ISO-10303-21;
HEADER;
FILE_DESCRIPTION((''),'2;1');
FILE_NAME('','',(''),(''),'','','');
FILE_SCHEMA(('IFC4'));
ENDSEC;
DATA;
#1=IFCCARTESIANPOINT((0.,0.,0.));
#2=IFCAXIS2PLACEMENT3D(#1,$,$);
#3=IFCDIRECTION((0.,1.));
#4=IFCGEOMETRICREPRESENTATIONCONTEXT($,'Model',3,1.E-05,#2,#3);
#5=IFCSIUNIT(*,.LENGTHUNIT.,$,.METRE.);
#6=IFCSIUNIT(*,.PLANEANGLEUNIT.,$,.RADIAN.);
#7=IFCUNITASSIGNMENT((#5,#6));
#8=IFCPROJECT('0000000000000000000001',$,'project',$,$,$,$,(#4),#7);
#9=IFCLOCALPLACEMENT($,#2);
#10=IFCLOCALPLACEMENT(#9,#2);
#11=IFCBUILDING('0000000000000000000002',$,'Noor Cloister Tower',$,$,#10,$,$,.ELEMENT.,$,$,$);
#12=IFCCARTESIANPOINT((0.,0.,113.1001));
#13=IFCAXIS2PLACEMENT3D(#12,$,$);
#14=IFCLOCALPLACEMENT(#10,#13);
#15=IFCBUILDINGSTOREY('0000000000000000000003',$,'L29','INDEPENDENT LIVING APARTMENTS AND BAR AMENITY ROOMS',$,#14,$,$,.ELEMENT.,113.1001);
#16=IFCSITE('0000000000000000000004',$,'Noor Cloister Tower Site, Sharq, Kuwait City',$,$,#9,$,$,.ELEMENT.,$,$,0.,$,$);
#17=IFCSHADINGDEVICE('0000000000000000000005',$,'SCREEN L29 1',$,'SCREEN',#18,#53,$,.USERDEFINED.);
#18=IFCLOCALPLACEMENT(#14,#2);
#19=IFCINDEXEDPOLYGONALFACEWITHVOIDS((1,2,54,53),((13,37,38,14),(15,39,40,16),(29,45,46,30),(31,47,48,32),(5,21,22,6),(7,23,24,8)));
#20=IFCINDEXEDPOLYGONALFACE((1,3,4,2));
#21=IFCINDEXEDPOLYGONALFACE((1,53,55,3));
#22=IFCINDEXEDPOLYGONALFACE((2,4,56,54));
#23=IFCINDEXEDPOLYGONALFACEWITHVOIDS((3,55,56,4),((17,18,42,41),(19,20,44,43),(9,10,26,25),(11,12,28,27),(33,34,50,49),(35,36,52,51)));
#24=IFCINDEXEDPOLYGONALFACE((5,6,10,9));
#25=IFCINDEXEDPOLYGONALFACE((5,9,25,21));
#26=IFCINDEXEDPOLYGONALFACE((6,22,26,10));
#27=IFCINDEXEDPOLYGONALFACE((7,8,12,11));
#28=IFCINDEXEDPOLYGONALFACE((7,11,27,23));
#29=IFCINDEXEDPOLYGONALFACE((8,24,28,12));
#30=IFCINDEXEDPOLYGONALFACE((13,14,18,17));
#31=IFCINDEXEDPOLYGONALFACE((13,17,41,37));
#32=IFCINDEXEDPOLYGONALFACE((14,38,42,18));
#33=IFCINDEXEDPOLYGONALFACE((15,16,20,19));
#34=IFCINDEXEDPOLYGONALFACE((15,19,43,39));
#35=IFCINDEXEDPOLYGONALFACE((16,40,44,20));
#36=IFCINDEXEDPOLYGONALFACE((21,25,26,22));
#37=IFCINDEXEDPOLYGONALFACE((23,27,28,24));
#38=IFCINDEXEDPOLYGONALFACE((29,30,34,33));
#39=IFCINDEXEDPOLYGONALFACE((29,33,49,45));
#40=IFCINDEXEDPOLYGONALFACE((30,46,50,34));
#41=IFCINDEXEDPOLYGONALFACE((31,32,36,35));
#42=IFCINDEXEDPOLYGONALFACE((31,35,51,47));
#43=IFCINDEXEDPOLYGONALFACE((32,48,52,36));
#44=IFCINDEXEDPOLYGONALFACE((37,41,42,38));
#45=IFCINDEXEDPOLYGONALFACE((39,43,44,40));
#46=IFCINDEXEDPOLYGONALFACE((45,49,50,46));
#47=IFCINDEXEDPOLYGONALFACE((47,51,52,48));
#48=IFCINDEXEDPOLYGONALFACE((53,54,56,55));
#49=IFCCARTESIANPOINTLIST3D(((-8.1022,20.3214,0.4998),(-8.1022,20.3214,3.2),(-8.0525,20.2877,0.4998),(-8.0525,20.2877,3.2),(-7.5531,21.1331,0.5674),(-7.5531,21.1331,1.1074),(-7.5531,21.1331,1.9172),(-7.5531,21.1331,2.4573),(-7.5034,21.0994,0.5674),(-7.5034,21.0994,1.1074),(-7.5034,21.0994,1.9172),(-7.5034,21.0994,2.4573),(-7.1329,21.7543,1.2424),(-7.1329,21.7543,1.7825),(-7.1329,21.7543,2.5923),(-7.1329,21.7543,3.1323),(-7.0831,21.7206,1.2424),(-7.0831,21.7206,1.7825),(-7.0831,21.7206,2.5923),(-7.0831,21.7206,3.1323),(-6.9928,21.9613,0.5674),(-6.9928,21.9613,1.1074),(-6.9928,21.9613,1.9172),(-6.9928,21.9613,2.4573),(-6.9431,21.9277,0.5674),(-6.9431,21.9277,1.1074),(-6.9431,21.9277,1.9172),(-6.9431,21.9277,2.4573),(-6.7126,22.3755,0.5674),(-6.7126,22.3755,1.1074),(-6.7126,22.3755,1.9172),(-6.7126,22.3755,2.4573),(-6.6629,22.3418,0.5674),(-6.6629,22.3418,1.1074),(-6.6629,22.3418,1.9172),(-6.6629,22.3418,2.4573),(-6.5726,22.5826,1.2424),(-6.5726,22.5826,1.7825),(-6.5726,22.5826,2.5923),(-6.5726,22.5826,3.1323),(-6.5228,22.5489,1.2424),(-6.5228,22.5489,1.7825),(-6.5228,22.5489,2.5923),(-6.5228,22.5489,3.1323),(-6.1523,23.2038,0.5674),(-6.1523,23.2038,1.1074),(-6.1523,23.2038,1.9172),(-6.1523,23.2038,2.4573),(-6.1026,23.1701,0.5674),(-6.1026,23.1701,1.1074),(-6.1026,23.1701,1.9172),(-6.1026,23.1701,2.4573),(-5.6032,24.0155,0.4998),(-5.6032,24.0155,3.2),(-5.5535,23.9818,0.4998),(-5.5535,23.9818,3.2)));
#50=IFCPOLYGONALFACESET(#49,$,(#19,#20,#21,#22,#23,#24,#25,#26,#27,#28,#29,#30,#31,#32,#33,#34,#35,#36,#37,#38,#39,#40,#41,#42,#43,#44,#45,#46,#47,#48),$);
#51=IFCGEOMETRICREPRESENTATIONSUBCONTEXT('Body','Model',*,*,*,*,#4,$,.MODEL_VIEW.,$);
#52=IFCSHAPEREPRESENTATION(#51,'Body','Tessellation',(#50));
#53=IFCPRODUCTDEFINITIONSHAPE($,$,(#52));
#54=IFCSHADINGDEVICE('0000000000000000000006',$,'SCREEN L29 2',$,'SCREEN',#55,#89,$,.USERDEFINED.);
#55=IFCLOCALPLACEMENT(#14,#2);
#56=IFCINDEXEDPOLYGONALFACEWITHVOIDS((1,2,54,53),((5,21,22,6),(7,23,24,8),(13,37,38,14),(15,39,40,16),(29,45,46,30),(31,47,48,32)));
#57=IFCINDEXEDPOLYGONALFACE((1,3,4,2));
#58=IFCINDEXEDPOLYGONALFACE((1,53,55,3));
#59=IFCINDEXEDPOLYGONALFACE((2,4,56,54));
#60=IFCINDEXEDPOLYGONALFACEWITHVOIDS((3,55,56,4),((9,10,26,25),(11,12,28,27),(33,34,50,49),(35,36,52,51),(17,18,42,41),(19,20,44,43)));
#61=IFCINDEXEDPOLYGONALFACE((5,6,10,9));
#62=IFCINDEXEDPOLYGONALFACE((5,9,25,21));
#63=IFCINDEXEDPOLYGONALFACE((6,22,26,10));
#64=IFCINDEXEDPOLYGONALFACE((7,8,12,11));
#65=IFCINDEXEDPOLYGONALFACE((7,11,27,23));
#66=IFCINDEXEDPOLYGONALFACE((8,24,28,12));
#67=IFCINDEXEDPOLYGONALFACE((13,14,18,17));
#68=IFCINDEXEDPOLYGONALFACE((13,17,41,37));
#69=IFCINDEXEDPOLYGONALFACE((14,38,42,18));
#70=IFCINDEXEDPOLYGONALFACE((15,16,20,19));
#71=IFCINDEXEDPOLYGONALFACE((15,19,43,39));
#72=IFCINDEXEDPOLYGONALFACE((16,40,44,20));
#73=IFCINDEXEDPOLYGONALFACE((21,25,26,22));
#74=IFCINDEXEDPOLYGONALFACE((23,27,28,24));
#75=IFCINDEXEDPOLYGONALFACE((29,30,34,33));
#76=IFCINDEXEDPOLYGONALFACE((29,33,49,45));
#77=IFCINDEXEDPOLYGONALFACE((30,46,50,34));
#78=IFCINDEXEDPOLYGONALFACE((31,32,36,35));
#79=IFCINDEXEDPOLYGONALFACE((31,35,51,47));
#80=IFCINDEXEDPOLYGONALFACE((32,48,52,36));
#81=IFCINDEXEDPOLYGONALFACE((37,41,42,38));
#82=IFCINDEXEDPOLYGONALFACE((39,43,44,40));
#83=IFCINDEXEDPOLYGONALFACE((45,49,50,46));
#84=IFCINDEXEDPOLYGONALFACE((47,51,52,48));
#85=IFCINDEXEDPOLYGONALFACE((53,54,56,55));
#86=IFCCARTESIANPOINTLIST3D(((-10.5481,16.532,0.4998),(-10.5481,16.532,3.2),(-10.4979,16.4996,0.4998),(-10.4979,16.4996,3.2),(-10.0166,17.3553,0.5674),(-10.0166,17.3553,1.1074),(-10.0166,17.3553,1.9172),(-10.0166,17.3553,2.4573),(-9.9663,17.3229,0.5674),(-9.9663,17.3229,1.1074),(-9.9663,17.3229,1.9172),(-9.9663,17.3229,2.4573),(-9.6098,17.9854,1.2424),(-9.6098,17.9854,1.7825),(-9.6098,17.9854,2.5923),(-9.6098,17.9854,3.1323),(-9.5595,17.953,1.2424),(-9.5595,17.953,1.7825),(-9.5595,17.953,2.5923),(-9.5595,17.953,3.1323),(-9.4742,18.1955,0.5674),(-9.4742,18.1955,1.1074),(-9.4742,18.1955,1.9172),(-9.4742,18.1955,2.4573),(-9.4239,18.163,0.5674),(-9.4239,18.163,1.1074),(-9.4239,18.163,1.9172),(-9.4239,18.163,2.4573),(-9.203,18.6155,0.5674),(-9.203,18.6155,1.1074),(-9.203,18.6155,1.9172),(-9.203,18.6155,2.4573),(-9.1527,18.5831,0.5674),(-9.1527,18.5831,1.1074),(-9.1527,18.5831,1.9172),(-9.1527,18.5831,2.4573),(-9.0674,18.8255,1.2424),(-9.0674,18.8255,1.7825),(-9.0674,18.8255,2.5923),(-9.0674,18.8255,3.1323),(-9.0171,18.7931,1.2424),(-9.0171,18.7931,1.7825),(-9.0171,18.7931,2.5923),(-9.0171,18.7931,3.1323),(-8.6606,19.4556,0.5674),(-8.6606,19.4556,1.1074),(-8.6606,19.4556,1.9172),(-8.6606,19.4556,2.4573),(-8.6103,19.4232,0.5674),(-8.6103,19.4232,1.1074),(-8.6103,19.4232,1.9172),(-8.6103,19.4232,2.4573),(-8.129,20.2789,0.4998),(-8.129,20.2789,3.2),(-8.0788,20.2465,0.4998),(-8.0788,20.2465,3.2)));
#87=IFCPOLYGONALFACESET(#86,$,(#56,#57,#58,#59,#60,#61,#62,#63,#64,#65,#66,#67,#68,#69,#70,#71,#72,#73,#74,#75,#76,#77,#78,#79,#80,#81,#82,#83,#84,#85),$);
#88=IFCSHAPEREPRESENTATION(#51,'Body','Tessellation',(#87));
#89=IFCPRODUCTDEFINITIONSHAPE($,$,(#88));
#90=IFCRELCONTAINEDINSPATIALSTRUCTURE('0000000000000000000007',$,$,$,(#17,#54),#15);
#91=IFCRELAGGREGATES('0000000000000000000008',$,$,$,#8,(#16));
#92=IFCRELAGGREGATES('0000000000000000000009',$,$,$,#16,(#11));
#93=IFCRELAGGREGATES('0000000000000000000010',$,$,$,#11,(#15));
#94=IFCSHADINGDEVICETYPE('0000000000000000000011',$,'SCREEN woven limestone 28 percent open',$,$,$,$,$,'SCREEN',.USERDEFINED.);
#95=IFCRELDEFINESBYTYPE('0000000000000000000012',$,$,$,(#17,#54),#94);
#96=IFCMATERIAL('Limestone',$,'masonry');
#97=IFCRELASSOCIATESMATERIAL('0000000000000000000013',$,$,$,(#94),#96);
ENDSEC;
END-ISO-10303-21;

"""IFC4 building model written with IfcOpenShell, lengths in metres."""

from ifc_helpers import new_model, si_unit, direction, frame, origin, place, context, subcontext, project, spatial, polyline, outline, extrude, material, material_profile, profile_set, type_object, element, save


model = new_model("IFC4")

# Units and contexts
model_context = context("Model", 3, precision=1e-05, world=origin(), true_north=direction((0.0, 1.0)))
body_context = subcontext(model_context, "Body", "Model", "MODEL_VIEW")
ifc_project = project(units=[si_unit("LENGTHUNIT", "METRE"), si_unit("PLANEANGLEUNIT", "RADIAN")], contexts=[model_context])

# Site, building, storey
site_placement = place(None, origin())
site = spatial("IfcSite", under=ifc_project, at=site_placement, Name="Noor Cloister Tower Site, Sharq, Kuwait City", CompositionType="ELEMENT", RefElevation=0.0)
building_placement = place(site_placement, origin())
building = spatial("IfcBuilding", under=site, at=building_placement, Name="Noor Cloister Tower", CompositionType="ELEMENT")
storey_placement = place(building_placement, frame((0.0, 0.0, 113.1001)))
storey = spatial("IfcBuildingStorey", under=building, at=storey_placement, Name="L29", Description="INDEPENDENT LIVING APARTMENTS AND BAR AMENITY ROOMS", CompositionType="ELEMENT", Elevation=113.1001)

# Shading devices
ifc_material_1 = material(Name="Limestone", Category="masonry")
ifc_material_profile_1 = material_profile(ifc_material_1, outline(polyline([(-2.23, -1.3501), (2.23, -1.3501), (2.23, 1.3501), (-2.23, 1.3501), (-2.23, -1.3501)]), holes=[polyline([(-1.25, -1.2825), (-0.25, -1.2825), (-0.25, -0.7424), (-1.25, -0.7424), (-1.25, -1.2825)]), polyline([(0.25, -1.2825), (1.25, -1.2825), (1.25, -0.7424), (0.25, -0.7424), (0.25, -1.2825)]), polyline([(-0.5, -0.6074), (0.5, -0.6074), (0.5, -0.0674), (-0.5, -0.0674), (-0.5, -0.6074)]), polyline([(-1.25, 0.0674), (-0.25, 0.0674), (-0.25, 0.6074), (-1.25, 0.6074), (-1.25, 0.0674)]), polyline([(0.25, 0.0674), (1.25, 0.0674), (1.25, 0.6074), (0.25, 0.6074), (0.25, 0.0674)]), polyline([(-0.5, 0.7424), (0.5, 0.7424), (0.5, 1.2825), (-0.5, 1.2825), (-0.5, 0.7424)])]), Name="Woven screen 28 percent open")
ifc_profile_set_1 = profile_set([ifc_material_profile_1], Name="Limestone")
shading_device_type = type_object("IfcShadingDeviceType", Name="SCREEN woven limestone 28 percent open", ElementType="SCREEN", PredefinedType="USERDEFINED", material=ifc_profile_set_1)
shading_device_1_placement = place(storey_placement, frame((-6.803, 22.1348, 1.8499), z_axis=(-0.828283, 0.560309, 0.0), x_axis=(-0.560309, -0.828283, 0.0)))
element("IfcShadingDevice", 1, at=shading_device_1_placement, inside=storey, type_object=shading_device_type, Name="SCREEN L29 1", ObjectType="SCREEN", PredefinedType="USERDEFINED", context=body_context, shape_type="SweptSolid", body=[
    extrude(outline(polyline([(-2.23, -1.3501), (2.23, -1.3501), (2.23, 1.3501), (-2.23, 1.3501), (-2.23, -1.3501)]), holes=[polyline([(-1.25, -1.2825), (-0.25, -1.2825), (-0.25, -0.7424), (-1.25, -0.7424), (-1.25, -1.2825)]), polyline([(0.25, -1.2825), (1.25, -1.2825), (1.25, -0.7424), (0.25, -0.7424), (0.25, -1.2825)]), polyline([(-0.5, -0.6074), (0.5, -0.6074), (0.5, -0.0674), (-0.5, -0.0674), (-0.5, -0.6074)]), polyline([(-1.25, 0.0674), (-0.25, 0.0674), (-0.25, 0.6074), (-1.25, 0.6074), (-1.25, 0.0674)]), polyline([(0.25, 0.0674), (1.25, 0.0674), (1.25, 0.6074), (0.25, 0.6074), (0.25, 0.0674)]), polyline([(-0.5, 0.7424), (0.5, 0.7424), (0.5, 1.2825), (-0.5, 1.2825), (-0.5, 0.7424)])]), origin(), (0.0, 0.0, 1.0), 0.0601),
])
shading_device_2_placement = place(storey_placement, frame((-9.2883, 18.373, 1.8499), z_axis=(-0.840117, 0.542406, 0.0), x_axis=(-0.542406, -0.840117, 0.0)))
element("IfcShadingDevice", 2, at=shading_device_2_placement, inside=storey, type_object=shading_device_type, Name="SCREEN L29 2", ObjectType="SCREEN", PredefinedType="USERDEFINED", context=body_context, shape_type="SweptSolid", body=[
    extrude(outline(polyline([(-2.23, -1.3501), (2.23, -1.3501), (2.23, 1.3501), (-2.23, 1.3501), (-2.23, -1.3501)]), holes=[polyline([(-1.25, -1.2825), (-0.25, -1.2825), (-0.25, -0.7424), (-1.25, -0.7424), (-1.25, -1.2825)]), polyline([(0.25, -1.2825), (1.25, -1.2825), (1.25, -0.7424), (0.25, -0.7424), (0.25, -1.2825)]), polyline([(-0.5, -0.6074), (0.5, -0.6074), (0.5, -0.0674), (-0.5, -0.0674), (-0.5, -0.6074)]), polyline([(-1.25, 0.0674), (-0.25, 0.0674), (-0.25, 0.6074), (-1.25, 0.6074), (-1.25, 0.0674)]), polyline([(0.25, 0.0674), (1.25, 0.0674), (1.25, 0.6074), (0.25, 0.6074), (0.25, 0.0674)]), polyline([(-0.5, 0.7424), (0.5, 0.7424), (0.5, 1.2825), (-0.5, 1.2825), (-0.5, 0.7424)])]), origin(), (0.0, 0.0, 1.0), 0.0598),
])

save(model, "model.ifc")
